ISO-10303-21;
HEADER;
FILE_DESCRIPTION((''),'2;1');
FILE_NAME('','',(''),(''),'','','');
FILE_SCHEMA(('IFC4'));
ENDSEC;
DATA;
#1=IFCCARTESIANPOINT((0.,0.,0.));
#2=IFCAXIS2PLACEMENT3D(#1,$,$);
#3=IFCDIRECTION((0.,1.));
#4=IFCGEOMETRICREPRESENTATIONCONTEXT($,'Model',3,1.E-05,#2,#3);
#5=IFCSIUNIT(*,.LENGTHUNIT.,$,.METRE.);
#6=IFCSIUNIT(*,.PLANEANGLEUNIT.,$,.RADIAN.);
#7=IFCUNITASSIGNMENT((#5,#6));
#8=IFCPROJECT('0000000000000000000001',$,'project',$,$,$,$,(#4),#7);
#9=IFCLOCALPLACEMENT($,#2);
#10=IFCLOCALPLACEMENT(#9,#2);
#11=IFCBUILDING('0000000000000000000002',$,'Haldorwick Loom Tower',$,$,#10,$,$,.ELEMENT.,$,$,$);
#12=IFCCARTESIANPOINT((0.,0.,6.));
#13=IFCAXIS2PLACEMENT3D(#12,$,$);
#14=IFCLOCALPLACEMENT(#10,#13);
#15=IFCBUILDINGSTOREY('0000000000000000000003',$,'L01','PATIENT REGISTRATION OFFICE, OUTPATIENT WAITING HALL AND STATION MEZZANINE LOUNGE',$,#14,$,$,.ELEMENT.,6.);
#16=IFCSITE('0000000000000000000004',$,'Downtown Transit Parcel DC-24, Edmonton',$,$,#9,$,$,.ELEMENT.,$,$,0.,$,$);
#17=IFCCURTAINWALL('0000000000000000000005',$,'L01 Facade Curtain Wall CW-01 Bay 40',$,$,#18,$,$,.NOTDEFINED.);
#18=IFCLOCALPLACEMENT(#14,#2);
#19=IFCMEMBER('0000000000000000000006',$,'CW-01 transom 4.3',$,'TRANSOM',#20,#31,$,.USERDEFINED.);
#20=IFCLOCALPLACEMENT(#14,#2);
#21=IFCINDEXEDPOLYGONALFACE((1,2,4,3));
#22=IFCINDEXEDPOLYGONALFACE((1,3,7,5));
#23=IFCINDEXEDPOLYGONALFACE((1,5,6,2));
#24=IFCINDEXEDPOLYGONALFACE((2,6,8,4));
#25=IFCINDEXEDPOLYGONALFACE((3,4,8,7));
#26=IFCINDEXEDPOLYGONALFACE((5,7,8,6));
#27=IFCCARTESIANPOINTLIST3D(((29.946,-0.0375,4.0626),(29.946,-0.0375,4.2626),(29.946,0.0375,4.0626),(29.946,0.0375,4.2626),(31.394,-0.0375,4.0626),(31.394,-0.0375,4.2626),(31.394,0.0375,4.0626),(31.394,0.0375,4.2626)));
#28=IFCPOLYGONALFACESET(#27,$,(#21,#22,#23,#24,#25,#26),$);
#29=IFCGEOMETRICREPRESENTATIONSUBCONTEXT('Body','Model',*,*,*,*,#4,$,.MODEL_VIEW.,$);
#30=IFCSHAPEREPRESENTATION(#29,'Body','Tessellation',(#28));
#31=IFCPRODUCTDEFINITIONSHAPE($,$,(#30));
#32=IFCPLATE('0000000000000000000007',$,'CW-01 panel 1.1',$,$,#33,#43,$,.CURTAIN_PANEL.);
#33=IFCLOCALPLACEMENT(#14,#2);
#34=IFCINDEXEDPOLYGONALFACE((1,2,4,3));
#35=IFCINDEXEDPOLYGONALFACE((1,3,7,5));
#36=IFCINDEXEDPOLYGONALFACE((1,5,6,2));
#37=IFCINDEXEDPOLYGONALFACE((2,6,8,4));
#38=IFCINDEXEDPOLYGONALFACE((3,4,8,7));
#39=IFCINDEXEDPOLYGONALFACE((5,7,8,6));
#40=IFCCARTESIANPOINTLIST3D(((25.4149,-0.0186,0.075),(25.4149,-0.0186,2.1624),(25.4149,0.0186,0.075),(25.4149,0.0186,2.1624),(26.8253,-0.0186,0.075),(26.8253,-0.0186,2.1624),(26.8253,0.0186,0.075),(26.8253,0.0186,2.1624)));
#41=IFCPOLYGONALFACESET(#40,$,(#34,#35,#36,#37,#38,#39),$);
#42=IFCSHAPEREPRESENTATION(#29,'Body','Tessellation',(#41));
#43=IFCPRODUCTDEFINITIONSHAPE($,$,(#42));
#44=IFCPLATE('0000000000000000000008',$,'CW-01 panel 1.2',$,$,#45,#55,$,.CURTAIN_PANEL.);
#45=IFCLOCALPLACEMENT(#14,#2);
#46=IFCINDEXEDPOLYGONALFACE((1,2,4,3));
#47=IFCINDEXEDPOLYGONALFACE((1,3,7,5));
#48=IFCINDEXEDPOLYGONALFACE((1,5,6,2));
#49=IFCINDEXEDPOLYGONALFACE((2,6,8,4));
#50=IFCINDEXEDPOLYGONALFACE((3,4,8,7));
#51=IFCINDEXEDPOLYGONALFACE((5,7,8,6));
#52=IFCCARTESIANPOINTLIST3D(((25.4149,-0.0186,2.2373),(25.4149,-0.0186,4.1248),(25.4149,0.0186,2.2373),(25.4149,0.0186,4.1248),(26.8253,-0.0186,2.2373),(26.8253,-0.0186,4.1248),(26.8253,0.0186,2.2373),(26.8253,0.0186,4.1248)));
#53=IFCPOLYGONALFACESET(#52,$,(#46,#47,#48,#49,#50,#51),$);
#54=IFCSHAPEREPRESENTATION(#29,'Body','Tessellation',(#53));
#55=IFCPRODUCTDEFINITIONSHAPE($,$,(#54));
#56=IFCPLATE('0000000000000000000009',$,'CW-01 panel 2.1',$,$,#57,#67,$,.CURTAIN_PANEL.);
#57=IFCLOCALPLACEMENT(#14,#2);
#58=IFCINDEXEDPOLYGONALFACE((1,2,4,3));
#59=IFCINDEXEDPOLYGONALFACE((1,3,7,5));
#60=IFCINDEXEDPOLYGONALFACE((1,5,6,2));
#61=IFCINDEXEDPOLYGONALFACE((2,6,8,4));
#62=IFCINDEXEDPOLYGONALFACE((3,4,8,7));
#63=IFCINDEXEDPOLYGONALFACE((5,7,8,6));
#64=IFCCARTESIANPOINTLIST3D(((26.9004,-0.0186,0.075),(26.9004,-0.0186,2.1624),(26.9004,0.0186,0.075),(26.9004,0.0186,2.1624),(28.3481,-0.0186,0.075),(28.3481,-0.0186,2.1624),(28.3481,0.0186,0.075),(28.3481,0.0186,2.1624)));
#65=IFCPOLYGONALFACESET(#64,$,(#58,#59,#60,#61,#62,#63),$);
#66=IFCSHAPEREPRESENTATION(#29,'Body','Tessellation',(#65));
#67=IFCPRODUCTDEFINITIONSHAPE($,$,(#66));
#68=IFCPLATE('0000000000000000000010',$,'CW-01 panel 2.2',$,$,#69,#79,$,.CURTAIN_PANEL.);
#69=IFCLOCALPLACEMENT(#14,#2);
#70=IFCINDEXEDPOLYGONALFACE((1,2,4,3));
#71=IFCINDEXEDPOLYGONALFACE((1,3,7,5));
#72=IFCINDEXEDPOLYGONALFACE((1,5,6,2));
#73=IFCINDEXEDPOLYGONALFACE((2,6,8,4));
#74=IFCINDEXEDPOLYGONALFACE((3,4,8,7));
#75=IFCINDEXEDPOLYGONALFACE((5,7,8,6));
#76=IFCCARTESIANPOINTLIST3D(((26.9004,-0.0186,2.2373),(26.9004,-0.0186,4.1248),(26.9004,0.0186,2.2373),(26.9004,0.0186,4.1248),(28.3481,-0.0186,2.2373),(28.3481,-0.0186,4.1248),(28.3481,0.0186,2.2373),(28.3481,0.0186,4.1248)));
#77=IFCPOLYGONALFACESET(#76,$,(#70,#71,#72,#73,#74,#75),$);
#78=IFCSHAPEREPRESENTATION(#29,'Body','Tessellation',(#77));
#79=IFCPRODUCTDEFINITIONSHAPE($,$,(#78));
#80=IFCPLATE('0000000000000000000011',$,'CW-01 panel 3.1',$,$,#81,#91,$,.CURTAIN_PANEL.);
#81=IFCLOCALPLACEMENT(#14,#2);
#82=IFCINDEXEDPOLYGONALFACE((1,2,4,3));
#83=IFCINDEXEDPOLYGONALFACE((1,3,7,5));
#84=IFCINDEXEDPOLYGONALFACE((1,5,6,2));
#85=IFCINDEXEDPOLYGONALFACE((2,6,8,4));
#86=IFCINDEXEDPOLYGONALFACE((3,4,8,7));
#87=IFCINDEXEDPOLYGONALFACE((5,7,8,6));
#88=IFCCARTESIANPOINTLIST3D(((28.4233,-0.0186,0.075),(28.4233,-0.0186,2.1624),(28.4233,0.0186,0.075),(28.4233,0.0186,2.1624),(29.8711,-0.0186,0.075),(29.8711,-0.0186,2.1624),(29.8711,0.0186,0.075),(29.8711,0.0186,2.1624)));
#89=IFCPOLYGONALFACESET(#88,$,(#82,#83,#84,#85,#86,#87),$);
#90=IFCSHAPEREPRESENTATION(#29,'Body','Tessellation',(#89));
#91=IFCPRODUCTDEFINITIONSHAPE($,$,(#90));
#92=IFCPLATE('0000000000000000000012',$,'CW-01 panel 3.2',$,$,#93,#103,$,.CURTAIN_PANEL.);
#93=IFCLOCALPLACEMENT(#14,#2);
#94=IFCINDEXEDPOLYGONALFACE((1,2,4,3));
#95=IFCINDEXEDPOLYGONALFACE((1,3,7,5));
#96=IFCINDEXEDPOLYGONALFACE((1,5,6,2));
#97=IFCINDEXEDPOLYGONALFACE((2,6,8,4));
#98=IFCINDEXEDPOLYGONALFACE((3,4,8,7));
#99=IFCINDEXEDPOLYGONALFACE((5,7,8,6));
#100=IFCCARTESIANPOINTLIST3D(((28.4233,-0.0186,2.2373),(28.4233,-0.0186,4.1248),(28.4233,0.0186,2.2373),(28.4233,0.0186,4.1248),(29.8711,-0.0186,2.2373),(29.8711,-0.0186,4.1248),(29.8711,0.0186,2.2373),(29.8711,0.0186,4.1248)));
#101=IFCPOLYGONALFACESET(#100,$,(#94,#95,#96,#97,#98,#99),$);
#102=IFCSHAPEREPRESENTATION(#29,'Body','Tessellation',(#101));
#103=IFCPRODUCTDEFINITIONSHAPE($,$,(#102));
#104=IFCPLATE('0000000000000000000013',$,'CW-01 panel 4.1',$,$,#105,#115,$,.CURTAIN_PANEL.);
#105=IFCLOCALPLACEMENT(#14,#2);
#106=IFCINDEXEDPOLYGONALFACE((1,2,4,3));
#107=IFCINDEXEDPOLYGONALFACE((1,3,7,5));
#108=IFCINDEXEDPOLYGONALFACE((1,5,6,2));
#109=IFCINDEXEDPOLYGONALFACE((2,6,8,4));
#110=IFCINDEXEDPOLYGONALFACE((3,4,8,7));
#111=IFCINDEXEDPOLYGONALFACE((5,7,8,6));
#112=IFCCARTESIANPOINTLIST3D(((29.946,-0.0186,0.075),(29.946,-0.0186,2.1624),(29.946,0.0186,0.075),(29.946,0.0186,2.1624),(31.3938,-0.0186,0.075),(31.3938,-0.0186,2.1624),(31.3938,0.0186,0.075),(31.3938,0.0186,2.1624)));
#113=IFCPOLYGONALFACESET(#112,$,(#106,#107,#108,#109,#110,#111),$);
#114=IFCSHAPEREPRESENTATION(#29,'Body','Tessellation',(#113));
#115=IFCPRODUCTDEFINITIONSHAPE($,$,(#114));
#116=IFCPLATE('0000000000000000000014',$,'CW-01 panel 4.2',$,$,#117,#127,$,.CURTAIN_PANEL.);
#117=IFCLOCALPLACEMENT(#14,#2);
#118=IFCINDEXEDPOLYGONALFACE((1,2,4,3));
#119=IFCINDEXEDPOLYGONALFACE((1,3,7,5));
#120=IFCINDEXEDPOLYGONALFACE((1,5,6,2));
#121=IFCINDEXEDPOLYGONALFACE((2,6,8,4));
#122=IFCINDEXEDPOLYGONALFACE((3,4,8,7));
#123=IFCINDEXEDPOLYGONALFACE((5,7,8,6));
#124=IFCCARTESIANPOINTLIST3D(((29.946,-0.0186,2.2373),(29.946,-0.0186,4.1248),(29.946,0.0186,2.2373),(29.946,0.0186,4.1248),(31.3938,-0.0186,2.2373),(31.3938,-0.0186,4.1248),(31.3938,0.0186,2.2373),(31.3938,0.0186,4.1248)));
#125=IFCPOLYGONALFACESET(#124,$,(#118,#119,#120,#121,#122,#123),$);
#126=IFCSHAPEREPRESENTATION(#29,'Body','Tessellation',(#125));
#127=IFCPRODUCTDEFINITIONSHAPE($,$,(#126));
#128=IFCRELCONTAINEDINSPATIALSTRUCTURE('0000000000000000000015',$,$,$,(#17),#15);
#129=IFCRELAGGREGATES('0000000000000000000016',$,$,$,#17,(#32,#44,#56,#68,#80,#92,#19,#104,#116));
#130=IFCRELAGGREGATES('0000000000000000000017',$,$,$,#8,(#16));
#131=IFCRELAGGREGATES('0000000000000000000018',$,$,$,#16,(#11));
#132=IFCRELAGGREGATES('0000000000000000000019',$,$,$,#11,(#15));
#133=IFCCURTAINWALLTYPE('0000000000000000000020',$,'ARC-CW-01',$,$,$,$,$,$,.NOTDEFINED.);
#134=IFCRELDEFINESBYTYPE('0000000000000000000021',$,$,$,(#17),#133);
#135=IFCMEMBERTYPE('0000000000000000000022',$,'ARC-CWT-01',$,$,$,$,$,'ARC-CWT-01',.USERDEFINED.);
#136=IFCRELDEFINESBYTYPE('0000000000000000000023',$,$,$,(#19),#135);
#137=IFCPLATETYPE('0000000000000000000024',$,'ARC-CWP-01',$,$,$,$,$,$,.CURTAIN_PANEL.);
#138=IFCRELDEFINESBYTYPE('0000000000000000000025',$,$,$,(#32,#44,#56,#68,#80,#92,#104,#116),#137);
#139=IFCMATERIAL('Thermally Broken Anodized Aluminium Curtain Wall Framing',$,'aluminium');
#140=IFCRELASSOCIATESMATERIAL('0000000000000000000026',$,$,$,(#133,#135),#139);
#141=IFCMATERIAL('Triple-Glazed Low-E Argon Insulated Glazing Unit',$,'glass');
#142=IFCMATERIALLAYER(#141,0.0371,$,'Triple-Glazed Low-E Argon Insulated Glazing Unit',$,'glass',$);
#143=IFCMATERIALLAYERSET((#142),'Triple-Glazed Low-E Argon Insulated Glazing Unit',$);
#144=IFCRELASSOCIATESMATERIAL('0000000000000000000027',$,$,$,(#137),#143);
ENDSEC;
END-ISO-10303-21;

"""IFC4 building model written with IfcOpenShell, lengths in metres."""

from ifc_helpers import new_model, si_unit, direction, frame, origin, origin_2d, place, context, subcontext, project, spatial, rectangle, extrude, material, layer, layer_set, material_profile, profile_set, type_object, element, aggregate, save


model = new_model("IFC4")

# Units and contexts
model_context = context("Model", 3, precision=1e-05, world=origin(), true_north=direction((0.0, 1.0)))
body_context = subcontext(model_context, "Body", "Model", "MODEL_VIEW")
ifc_project = project(units=[si_unit("LENGTHUNIT", "METRE"), si_unit("PLANEANGLEUNIT", "RADIAN")], contexts=[model_context])

# Site, building, storey
site_placement = place(None, origin())
site = spatial("IfcSite", under=ifc_project, at=site_placement, Name="Downtown Transit Parcel DC-24, Edmonton", CompositionType="ELEMENT", RefElevation=0.0)
building_placement = place(site_placement, origin())
building = spatial("IfcBuilding", under=site, at=building_placement, Name="Haldorwick Loom Tower", CompositionType="ELEMENT")
storey_placement = place(building_placement, frame((0.0, 0.0, 6.0)))
storey = spatial("IfcBuildingStorey", under=building, at=storey_placement, Name="L01", Description="PATIENT REGISTRATION OFFICE, OUTPATIENT WAITING HALL AND STATION MEZZANINE LOUNGE", CompositionType="ELEMENT", Elevation=6.0)

# Curtain wall, member, plates
ifc_material_1 = material(Name="Thermally Broken Anodized Aluminium Curtain Wall Framing", Category="aluminium")
curtain_wall_type = type_object("IfcCurtainWallType", Name="ARC-CW-01", PredefinedType="NOTDEFINED", material=ifc_material_1)
curtain_wall_placement = place(storey_placement, origin())
curtain_wall = element("IfcCurtainWall", 1, at=curtain_wall_placement, inside=storey, type_object=curtain_wall_type, Name="L01 Facade Curtain Wall CW-01 Bay 40", PredefinedType="NOTDEFINED")
ifc_material_profile_1 = material_profile(ifc_material_1, rectangle(XDim=0.075, YDim=0.2, at=origin_2d()), Name="ALU_TRN_75X200", Category="aluminium")
ifc_profile_set_1 = profile_set([ifc_material_profile_1], Name="Thermally Broken Anodized Aluminium Curtain Wall Framing")
member_type_1 = type_object("IfcMemberType", Name="ARC-CWT-01", ElementType="ARC-CWT-01", PredefinedType="USERDEFINED", material=ifc_profile_set_1)
member_1_placement = place(storey_placement, frame((29.946, 0.0, 4.1626), z_axis=(1.0, 0.0, 0.0), x_axis=(0.0, 1.0, 0.0)))
member_1 = element("IfcMember", 2, at=member_1_placement, type_object=member_type_1, Name="CW-01 transom 4.3", ObjectType="TRANSOM", PredefinedType="USERDEFINED", context=body_context, shape_type="SweptSolid", body=[
    extrude(rectangle(XDim=0.075, YDim=0.2, at=origin_2d()), origin(), (0.0, 0.0, 1.0), 1.448),
])
ifc_material_2 = material(Name="Triple-Glazed Low-E Argon Insulated Glazing Unit", Category="glass")
ifc_layer = layer(ifc_material_2, 0.0371, Name="Triple-Glazed Low-E Argon Insulated Glazing Unit", Category="glass")
ifc_layer_set = layer_set([ifc_layer], Name="Triple-Glazed Low-E Argon Insulated Glazing Unit")
plate_type = type_object("IfcPlateType", Name="ARC-CWP-01", PredefinedType="CURTAIN_PANEL", material=ifc_layer_set)
plate_1_placement = place(storey_placement, frame((26.1201, 0.0, 0.075), z_axis=(0.0, 0.0, 1.0), x_axis=(1.0, 0.0, 0.0)))
plate_1 = element("IfcPlate", 3, at=plate_1_placement, type_object=plate_type, Name="CW-01 panel 1.1", PredefinedType="CURTAIN_PANEL", context=body_context, shape_type="SweptSolid", body=[
    extrude(rectangle(XDim=1.4104, YDim=0.0371, at=origin_2d()), origin(), (0.0, 0.0, 1.0), 2.0874),
])
plate_2_placement = place(storey_placement, frame((26.1201, 0.0, 2.2373), z_axis=(0.0, 0.0, 1.0), x_axis=(1.0, 0.0, 0.0)))
plate_2 = element("IfcPlate", 4, at=plate_2_placement, type_object=plate_type, Name="CW-01 panel 1.2", PredefinedType="CURTAIN_PANEL", context=body_context, shape_type="SweptSolid", body=[
    extrude(rectangle(XDim=1.4104, YDim=0.0371, at=origin_2d()), origin(), (0.0, 0.0, 1.0), 1.8875),
])
plate_3_placement = place(storey_placement, frame((27.6243, 0.0, 0.075), z_axis=(0.0, 0.0, 1.0), x_axis=(1.0, 0.0, 0.0)))
plate_3 = element("IfcPlate", 5, at=plate_3_placement, type_object=plate_type, Name="CW-01 panel 2.1", PredefinedType="CURTAIN_PANEL", context=body_context, shape_type="SweptSolid", body=[
    extrude(rectangle(XDim=1.4478, YDim=0.0371, at=origin_2d()), origin(), (0.0, 0.0, 1.0), 2.0874),
])
plate_4_placement = place(storey_placement, frame((27.6243, 0.0, 2.2373), z_axis=(0.0, 0.0, 1.0), x_axis=(1.0, 0.0, 0.0)))
plate_4 = element("IfcPlate", 6, at=plate_4_placement, type_object=plate_type, Name="CW-01 panel 2.2", PredefinedType="CURTAIN_PANEL", context=body_context, shape_type="SweptSolid", body=[
    extrude(rectangle(XDim=1.4478, YDim=0.0371, at=origin_2d()), origin(), (0.0, 0.0, 1.0), 1.8875),
])
plate_5_placement = place(storey_placement, frame((29.1472, 0.0, 0.075), z_axis=(0.0, 0.0, 1.0), x_axis=(1.0, 0.0, 0.0)))
plate_5 = element("IfcPlate", 7, at=plate_5_placement, type_object=plate_type, Name="CW-01 panel 3.1", PredefinedType="CURTAIN_PANEL", context=body_context, shape_type="SweptSolid", body=[
    extrude(rectangle(XDim=1.4478, YDim=0.0371, at=origin_2d()), origin(), (0.0, 0.0, 1.0), 2.0874),
])
plate_6_placement = place(storey_placement, frame((29.1472, 0.0, 2.2373), z_axis=(0.0, 0.0, 1.0), x_axis=(1.0, 0.0, 0.0)))
plate_6 = element("IfcPlate", 8, at=plate_6_placement, type_object=plate_type, Name="CW-01 panel 3.2", PredefinedType="CURTAIN_PANEL", context=body_context, shape_type="SweptSolid", body=[
    extrude(rectangle(XDim=1.4478, YDim=0.0371, at=origin_2d()), origin(), (0.0, 0.0, 1.0), 1.8875),
])
plate_7_placement = place(storey_placement, frame((30.6699, 0.0, 0.075), z_axis=(0.0, 0.0, 1.0), x_axis=(1.0, 0.0, 0.0)))
plate_7 = element("IfcPlate", 9, at=plate_7_placement, type_object=plate_type, Name="CW-01 panel 4.1", PredefinedType="CURTAIN_PANEL", context=body_context, shape_type="SweptSolid", body=[
    extrude(rectangle(XDim=1.4478, YDim=0.0371, at=origin_2d()), origin(), (0.0, 0.0, 1.0), 2.0874),
])
plate_8_placement = place(storey_placement, frame((30.6699, 0.0, 2.2373), z_axis=(0.0, 0.0, 1.0), x_axis=(1.0, 0.0, 0.0)))
plate_8 = element("IfcPlate", 10, at=plate_8_placement, type_object=plate_type, Name="CW-01 panel 4.2", PredefinedType="CURTAIN_PANEL", context=body_context, shape_type="SweptSolid", body=[
    extrude(rectangle(XDim=1.4478, YDim=0.0371, at=origin_2d()), origin(), (0.0, 0.0, 1.0), 1.8875),
])
aggregate(curtain_wall, [plate_1, plate_2, plate_3, plate_4, plate_5, plate_6, member_1, plate_7, plate_8])

save(model, "model.ifc")
